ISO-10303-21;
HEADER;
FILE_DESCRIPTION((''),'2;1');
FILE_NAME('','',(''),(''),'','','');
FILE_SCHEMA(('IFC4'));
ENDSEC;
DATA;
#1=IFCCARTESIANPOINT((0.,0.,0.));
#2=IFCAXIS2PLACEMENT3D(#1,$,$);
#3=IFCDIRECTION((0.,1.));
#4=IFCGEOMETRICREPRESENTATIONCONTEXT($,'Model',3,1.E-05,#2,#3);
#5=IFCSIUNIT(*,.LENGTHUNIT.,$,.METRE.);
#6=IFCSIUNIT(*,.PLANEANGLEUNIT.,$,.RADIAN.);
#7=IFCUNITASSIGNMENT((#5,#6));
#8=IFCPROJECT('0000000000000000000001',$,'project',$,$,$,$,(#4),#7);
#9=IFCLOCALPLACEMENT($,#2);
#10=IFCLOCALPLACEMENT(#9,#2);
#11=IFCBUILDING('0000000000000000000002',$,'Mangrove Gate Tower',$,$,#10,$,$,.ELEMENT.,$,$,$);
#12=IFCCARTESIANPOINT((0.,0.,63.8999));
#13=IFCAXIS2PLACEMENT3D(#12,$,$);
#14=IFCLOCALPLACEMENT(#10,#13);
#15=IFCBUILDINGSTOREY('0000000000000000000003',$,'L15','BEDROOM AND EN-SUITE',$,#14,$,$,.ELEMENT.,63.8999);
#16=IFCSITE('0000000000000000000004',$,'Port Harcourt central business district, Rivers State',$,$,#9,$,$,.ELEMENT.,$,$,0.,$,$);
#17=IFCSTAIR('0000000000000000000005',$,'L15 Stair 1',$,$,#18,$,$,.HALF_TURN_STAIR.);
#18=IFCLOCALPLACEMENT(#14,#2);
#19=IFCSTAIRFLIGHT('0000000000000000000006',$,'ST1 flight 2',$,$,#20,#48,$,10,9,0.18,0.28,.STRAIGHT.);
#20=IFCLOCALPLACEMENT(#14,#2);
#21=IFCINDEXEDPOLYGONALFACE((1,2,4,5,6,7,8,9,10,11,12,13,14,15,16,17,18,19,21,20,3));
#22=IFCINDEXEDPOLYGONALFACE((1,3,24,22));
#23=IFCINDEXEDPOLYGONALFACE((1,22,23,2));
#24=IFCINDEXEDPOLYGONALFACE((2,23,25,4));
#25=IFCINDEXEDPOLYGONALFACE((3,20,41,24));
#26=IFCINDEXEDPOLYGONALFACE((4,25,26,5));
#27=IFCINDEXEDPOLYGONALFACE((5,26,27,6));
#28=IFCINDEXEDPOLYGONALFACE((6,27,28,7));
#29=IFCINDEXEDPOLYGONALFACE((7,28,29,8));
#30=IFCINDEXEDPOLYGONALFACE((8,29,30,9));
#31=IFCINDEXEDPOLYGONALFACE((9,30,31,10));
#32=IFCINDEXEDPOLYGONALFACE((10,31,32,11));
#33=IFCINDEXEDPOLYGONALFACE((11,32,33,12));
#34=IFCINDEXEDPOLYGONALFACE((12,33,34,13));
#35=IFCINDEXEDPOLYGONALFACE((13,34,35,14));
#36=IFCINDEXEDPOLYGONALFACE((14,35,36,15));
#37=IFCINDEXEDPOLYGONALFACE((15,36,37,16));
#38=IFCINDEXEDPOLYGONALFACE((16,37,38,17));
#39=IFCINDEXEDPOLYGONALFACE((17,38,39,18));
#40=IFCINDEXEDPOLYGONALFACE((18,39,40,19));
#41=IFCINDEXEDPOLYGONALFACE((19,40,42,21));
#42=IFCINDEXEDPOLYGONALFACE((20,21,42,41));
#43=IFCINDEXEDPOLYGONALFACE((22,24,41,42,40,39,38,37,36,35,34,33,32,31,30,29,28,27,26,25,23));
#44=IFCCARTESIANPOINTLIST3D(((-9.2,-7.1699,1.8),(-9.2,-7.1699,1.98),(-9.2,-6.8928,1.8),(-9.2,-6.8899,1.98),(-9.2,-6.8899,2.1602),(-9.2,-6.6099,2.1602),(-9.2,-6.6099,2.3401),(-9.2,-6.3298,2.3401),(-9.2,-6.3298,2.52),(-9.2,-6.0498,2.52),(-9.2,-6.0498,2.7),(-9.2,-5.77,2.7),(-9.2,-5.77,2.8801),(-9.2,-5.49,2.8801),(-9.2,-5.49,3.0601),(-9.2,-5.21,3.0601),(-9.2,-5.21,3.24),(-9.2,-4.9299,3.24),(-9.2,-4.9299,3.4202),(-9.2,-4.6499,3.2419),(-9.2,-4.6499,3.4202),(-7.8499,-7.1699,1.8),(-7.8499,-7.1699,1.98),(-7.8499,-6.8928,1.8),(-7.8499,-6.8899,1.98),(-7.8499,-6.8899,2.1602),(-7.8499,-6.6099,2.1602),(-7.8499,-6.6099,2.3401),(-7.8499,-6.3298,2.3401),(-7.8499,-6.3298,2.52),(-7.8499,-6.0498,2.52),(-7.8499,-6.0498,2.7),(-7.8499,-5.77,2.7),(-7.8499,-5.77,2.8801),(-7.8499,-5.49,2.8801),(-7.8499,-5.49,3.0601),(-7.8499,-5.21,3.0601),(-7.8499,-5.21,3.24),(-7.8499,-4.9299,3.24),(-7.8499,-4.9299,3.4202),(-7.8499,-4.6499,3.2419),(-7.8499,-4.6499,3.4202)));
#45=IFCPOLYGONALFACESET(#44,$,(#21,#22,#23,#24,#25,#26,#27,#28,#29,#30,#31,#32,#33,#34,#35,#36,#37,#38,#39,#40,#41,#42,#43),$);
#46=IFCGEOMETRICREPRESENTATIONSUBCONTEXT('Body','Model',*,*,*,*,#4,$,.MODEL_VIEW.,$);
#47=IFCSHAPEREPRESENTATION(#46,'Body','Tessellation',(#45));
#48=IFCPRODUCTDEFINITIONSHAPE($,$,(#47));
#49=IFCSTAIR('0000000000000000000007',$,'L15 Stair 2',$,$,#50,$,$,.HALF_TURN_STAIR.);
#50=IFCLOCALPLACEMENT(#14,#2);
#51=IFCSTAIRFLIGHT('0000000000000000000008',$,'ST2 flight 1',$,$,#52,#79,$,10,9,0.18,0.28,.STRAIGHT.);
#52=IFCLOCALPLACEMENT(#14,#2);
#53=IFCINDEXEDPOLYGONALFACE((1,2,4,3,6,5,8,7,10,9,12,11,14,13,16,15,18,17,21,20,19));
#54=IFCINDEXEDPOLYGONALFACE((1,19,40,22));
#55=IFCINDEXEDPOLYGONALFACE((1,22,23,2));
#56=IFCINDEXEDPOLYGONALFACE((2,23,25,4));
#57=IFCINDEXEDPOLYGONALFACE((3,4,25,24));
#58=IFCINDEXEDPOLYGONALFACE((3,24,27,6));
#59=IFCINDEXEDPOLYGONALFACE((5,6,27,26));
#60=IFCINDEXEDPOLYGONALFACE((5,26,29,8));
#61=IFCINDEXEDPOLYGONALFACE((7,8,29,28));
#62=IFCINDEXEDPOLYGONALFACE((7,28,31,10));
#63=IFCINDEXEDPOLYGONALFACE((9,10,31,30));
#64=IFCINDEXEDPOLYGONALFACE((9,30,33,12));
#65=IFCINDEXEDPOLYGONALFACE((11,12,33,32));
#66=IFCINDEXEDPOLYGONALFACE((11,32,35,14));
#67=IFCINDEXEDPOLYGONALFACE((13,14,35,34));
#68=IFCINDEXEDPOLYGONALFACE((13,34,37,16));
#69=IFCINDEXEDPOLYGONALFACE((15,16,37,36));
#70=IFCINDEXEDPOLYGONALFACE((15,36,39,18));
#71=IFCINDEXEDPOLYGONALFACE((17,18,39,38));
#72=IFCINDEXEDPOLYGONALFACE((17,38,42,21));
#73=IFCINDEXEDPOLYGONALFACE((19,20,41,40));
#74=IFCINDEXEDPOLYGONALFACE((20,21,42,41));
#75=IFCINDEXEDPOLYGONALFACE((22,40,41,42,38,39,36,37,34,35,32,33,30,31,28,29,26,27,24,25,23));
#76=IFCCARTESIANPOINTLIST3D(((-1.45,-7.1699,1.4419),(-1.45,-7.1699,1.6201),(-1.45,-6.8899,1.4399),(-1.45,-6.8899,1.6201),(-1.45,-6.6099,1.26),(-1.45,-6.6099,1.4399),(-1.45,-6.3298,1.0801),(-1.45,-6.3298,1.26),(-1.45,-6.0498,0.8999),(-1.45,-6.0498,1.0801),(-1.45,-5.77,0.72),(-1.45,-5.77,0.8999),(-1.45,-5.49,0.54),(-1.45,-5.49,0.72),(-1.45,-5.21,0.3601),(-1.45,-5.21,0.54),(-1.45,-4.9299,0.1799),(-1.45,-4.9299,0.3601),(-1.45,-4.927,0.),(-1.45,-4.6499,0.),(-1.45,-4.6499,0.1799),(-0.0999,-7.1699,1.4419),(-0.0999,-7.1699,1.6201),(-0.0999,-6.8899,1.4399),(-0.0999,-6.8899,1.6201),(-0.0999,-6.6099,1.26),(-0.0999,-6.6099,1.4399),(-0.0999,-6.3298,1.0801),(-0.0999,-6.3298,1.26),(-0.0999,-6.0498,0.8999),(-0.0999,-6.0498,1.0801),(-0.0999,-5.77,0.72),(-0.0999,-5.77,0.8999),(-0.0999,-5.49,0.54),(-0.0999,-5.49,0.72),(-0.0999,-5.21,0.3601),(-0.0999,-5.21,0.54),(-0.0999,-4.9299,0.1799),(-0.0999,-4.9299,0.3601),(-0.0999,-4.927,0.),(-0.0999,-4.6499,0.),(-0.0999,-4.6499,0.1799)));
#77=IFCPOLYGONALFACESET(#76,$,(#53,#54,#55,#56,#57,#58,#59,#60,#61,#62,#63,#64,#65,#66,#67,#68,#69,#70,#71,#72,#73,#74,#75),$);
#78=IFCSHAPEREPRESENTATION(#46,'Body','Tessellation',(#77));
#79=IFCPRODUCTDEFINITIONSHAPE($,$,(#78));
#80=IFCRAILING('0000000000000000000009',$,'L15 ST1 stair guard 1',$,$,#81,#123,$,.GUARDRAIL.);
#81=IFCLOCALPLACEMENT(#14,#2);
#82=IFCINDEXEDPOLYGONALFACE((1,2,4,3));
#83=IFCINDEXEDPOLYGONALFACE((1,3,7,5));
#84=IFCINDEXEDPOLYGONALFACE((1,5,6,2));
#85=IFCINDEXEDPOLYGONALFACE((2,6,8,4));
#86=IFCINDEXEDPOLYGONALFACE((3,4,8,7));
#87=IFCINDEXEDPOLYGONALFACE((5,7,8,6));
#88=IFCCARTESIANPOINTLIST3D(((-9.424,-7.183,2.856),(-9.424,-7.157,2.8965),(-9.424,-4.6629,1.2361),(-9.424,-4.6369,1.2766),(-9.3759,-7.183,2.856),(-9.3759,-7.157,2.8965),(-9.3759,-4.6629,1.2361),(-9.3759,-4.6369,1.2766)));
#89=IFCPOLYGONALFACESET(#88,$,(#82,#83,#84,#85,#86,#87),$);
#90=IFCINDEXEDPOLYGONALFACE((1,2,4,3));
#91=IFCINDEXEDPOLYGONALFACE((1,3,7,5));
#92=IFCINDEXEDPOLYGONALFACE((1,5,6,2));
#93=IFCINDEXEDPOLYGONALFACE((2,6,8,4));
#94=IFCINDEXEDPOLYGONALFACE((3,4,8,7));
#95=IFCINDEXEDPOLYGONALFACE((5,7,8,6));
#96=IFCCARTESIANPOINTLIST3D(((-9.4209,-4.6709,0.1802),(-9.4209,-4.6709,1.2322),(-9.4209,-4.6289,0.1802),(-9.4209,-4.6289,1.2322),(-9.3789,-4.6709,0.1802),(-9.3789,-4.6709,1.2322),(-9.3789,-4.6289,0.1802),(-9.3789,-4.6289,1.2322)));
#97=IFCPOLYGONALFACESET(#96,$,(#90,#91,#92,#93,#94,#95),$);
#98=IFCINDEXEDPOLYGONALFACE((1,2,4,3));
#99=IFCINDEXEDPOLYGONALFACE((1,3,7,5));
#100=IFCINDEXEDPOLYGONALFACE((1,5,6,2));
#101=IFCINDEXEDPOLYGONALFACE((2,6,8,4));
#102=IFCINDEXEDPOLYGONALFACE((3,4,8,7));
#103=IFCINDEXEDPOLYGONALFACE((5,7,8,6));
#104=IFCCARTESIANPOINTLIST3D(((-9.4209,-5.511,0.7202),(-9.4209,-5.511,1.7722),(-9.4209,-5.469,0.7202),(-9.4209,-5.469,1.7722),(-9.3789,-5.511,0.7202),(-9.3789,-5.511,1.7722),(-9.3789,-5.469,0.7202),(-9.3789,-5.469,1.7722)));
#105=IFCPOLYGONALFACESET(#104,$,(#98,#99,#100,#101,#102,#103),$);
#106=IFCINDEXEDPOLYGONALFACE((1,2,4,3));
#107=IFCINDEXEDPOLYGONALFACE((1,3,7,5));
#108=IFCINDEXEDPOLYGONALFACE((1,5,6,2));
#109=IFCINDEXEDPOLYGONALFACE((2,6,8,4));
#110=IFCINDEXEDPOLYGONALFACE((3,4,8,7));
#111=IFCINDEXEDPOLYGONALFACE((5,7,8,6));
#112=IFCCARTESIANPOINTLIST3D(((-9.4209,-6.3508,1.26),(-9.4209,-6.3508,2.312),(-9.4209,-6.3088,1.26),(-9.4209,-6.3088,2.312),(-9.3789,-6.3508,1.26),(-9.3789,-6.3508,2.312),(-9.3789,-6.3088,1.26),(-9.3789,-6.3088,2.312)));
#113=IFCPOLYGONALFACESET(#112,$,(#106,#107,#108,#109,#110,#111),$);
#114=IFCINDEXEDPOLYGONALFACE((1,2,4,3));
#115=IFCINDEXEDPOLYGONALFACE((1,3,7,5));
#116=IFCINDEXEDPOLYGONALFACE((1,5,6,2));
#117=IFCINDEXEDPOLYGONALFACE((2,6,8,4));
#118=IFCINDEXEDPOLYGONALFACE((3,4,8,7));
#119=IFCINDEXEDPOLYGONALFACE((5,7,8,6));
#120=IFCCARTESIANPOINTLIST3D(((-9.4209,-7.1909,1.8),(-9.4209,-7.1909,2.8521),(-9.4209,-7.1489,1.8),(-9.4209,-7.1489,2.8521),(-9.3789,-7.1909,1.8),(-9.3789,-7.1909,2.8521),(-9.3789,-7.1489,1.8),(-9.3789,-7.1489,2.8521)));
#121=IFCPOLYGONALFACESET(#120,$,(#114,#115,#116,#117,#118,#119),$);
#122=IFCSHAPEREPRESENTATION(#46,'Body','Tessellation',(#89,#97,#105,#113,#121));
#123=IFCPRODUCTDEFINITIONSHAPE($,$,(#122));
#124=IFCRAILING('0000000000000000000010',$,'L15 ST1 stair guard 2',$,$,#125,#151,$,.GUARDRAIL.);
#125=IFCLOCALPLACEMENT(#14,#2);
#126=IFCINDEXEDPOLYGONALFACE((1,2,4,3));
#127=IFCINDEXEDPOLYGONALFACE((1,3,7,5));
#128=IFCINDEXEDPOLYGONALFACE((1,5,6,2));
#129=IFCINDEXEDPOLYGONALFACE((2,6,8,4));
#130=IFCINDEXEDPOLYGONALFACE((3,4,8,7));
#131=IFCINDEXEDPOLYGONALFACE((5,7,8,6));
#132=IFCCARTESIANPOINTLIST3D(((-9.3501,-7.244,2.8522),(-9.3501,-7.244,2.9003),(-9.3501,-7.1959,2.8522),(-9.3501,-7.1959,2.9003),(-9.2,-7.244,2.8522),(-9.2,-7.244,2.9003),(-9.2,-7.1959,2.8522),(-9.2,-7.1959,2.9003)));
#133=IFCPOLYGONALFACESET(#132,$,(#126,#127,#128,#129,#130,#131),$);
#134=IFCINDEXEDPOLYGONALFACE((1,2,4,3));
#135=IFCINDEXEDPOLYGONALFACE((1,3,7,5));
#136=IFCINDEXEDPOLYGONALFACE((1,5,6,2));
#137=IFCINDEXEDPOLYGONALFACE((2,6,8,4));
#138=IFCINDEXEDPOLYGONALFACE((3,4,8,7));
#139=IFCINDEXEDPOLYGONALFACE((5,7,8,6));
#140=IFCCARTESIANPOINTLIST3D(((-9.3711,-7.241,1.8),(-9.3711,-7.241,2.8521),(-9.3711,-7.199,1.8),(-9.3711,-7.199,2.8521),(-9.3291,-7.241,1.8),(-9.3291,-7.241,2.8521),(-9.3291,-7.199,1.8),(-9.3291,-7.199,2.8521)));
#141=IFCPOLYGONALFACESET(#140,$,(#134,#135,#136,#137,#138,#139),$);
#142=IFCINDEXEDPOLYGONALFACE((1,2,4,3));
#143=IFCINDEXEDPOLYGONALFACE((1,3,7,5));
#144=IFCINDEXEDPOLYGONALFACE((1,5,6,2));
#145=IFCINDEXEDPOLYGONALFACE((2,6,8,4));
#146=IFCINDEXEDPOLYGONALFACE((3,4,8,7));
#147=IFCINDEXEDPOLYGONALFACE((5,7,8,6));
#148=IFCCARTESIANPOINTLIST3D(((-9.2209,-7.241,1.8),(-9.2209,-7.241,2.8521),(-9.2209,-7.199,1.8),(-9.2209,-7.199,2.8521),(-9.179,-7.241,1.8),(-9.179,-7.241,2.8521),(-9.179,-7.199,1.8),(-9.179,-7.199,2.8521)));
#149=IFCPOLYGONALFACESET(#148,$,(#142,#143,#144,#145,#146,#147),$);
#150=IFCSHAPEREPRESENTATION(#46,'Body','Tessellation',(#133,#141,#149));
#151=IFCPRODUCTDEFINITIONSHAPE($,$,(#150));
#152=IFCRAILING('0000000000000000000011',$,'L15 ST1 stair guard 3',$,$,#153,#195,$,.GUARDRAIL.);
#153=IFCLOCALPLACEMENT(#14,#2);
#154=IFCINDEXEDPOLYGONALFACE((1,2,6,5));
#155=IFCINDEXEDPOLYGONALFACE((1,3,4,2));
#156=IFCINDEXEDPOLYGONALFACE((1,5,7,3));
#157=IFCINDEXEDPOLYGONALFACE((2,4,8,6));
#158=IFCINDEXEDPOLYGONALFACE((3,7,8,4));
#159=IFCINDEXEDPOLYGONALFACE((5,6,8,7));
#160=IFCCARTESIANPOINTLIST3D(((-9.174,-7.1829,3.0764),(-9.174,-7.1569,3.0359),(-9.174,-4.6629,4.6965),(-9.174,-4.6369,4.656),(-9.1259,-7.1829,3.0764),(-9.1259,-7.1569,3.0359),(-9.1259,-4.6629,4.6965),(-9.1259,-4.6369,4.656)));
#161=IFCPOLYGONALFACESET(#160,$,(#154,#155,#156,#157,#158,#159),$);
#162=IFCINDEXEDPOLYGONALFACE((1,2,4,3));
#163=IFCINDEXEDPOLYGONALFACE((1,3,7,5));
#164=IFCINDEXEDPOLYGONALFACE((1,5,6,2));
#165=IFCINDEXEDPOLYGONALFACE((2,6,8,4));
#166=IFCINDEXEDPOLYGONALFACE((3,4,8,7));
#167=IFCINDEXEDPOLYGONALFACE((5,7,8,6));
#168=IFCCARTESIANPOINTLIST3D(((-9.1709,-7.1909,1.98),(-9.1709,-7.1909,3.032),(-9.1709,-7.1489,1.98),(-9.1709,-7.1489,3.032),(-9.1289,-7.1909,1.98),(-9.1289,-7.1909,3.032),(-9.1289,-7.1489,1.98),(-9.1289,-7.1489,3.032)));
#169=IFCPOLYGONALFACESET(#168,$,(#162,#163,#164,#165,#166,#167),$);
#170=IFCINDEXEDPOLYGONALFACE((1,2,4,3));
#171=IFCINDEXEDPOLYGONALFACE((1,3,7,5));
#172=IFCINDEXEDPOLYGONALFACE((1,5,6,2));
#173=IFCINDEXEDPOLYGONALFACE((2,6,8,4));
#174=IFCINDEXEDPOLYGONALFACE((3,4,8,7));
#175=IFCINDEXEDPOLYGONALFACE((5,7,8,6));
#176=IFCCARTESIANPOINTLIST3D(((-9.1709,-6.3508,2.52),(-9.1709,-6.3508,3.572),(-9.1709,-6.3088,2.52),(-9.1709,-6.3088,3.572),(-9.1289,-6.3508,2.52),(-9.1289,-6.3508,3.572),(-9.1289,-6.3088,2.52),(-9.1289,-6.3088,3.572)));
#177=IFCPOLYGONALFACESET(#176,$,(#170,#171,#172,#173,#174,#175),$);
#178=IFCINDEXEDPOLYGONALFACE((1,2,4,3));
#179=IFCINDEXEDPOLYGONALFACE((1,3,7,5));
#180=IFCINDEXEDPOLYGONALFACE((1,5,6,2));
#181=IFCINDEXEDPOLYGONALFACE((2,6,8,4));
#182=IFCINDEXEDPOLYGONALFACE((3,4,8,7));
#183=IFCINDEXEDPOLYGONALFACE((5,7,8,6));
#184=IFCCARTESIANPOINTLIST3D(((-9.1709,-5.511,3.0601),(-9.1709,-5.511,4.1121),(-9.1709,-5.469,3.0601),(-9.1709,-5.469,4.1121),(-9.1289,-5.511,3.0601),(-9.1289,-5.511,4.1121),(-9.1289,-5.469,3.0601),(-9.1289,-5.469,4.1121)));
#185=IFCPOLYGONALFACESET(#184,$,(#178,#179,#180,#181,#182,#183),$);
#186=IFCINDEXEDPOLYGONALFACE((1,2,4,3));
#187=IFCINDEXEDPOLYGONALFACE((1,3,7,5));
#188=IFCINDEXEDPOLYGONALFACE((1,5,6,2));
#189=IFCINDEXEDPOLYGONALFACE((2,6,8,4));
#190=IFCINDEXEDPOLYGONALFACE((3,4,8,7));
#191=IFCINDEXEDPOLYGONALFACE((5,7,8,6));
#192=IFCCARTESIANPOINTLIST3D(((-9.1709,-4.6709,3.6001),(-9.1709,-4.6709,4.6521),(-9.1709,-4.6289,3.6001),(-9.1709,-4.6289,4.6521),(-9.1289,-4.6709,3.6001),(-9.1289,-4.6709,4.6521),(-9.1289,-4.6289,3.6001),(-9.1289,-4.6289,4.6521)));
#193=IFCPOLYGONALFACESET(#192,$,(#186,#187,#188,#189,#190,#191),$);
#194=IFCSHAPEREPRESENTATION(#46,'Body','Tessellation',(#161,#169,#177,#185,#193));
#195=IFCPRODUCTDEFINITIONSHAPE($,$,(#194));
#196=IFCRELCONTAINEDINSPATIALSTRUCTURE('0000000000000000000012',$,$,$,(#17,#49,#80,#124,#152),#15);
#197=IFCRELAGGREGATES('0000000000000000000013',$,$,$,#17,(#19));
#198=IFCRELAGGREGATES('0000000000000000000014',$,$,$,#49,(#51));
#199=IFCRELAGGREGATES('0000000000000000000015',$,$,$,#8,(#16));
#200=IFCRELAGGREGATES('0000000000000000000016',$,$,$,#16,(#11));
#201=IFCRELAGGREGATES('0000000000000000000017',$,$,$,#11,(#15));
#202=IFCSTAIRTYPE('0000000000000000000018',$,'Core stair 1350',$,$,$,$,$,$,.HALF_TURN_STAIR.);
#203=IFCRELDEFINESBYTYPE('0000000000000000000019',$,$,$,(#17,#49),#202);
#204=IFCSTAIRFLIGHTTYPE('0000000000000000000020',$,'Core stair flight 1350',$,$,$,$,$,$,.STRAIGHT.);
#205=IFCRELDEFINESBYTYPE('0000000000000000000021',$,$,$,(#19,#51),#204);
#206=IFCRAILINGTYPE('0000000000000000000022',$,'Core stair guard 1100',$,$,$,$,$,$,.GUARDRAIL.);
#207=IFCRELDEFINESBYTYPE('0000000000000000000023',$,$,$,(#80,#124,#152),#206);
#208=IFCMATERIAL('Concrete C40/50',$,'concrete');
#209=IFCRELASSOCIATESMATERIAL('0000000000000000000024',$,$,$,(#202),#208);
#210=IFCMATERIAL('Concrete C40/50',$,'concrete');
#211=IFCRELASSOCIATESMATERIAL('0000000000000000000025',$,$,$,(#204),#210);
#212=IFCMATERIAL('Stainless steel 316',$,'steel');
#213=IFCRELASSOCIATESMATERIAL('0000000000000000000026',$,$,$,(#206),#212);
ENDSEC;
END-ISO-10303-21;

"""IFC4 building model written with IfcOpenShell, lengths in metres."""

from ifc_helpers import new_model, si_unit, direction, frame, origin, origin_2d, place, context, subcontext, project, spatial, polyline, rectangle, outline, extrude, material, type_object, element, aggregate, save


model = new_model("IFC4")

# Units and contexts
model_context = context("Model", 3, precision=1e-05, world=origin(), true_north=direction((0.0, 1.0)))
body_context = subcontext(model_context, "Body", "Model", "MODEL_VIEW")
ifc_project = project(units=[si_unit("LENGTHUNIT", "METRE"), si_unit("PLANEANGLEUNIT", "RADIAN")], contexts=[model_context])

# Site, building, storey
site_placement = place(None, origin())
site = spatial("IfcSite", under=ifc_project, at=site_placement, Name="Port Harcourt central business district, Rivers State", CompositionType="ELEMENT", RefElevation=0.0)
building_placement = place(site_placement, origin())
building = spatial("IfcBuilding", under=site, at=building_placement, Name="Mangrove Gate Tower", CompositionType="ELEMENT")
storey_placement = place(building_placement, frame((0.0, 0.0, 63.8999)))
storey = spatial("IfcBuildingStorey", under=building, at=storey_placement, Name="L15", Description="BEDROOM AND EN-SUITE", CompositionType="ELEMENT", Elevation=63.8999)

# Stair, stair flight
ifc_material_1 = material(Name="Concrete C40/50", Category="concrete")
stair_type = type_object("IfcStairType", Name="Core stair 1350", PredefinedType="HALF_TURN_STAIR", material=ifc_material_1)
stair_1_placement = place(storey_placement, origin())
stair_1 = element("IfcStair", 1, at=stair_1_placement, inside=storey, type_object=stair_type, Name="L15 Stair 1", PredefinedType="HALF_TURN_STAIR")
ifc_material_2 = material(Name="Concrete C40/50", Category="concrete")
stair_flight_type = type_object("IfcStairFlightType", Name="Core stair flight 1350", PredefinedType="STRAIGHT", material=ifc_material_2)
stair_flight_1_placement = place(storey_placement, frame((-8.5249, -7.1699, 1.8), z_axis=(0.0, 0.0, 1.0), x_axis=(0.0, 1.0, 0.0)))
stair_flight_1 = element("IfcStairFlight", 2, at=stair_flight_1_placement, type_object=stair_flight_type, Name="ST1 flight 2", NumberOfRisers=10, NumberOfTreads=9, PredefinedType="STRAIGHT", RiserHeight=0.18, TreadLength=0.28, context=body_context, shape_type="SweptSolid", body=[
    extrude(outline(polyline([(0.0, 0.0), (0.0, 0.1799), (0.28, 0.1799), (0.28, 0.3601), (0.5601, 0.3601), (0.5601, 0.54), (0.8401, 0.54), (0.8401, 0.72), (1.1201, 0.72), (1.1201, 0.8999), (1.3999, 0.8999), (1.3999, 1.0801), (1.6799, 1.0801), (1.6799, 1.26), (1.96, 1.26), (1.96, 1.4399), (2.24, 1.4399), (2.24, 1.6201), (2.52, 1.6201), (2.52, 1.8), (2.52, 1.4419), (0.2771, 0.0), (0.0, 0.0)])), frame((0.0, 0.675, 0.0), z_axis=(0.0, -1.0, 0.0), x_axis=(1.0, 0.0, 0.0)), (0.0, 0.0, 1.0), 1.3501),
])
aggregate(stair_1, [stair_flight_1])

# Stair, stair flight
stair_2_placement = place(storey_placement, origin())
stair_2 = element("IfcStair", 3, at=stair_2_placement, inside=storey, type_object=stair_type, Name="L15 Stair 2", PredefinedType="HALF_TURN_STAIR")
stair_flight_2_placement = place(storey_placement, frame((-0.7749, -4.6499, 0.0), z_axis=(0.0, 0.0, 1.0), x_axis=(0.0, -1.0, 0.0)))
stair_flight_2 = element("IfcStairFlight", 4, at=stair_flight_2_placement, type_object=stair_flight_type, Name="ST2 flight 1", NumberOfRisers=10, NumberOfTreads=9, PredefinedType="STRAIGHT", RiserHeight=0.18, TreadLength=0.28, context=body_context, shape_type="SweptSolid", body=[
    extrude(outline(polyline([(0.0, 0.0), (0.0, 0.1799), (0.28, 0.1799), (0.28, 0.3601), (0.5601, 0.3601), (0.5601, 0.54), (0.8401, 0.54), (0.8401, 0.72), (1.1201, 0.72), (1.1201, 0.8999), (1.3999, 0.8999), (1.3999, 1.0801), (1.6799, 1.0801), (1.6799, 1.26), (1.96, 1.26), (1.96, 1.4399), (2.24, 1.4399), (2.24, 1.6201), (2.52, 1.6201), (2.52, 1.8), (2.52, 1.4419), (0.2771, 0.0), (0.0, 0.0)])), frame((0.0, 0.675, 0.0), z_axis=(0.0, -1.0, 0.0), x_axis=(1.0, 0.0, 0.0)), (0.0, 0.0, 1.0), 1.3501),
])
aggregate(stair_2, [stair_flight_2])

# Railings
ifc_material_3 = material(Name="Stainless steel 316", Category="steel")
railing_type_1 = type_object("IfcRailingType", Name="Core stair guard 1100", PredefinedType="GUARDRAIL", material=ifc_material_3)
railing_1_placement = place(storey_placement, frame((-9.3999, -4.6499, 0.1802)))
element("IfcRailing", 5, at=railing_1_placement, inside=storey, type_object=railing_type_1, Name="L15 ST1 stair guard 1", PredefinedType="GUARDRAIL", context=body_context, shape_type="SweptSolid", body=[
    extrude(rectangle(XDim=0.0481, YDim=0.0481, at=origin_2d()), frame((0.0, 0.0, 1.0762), z_axis=(0.0, -0.8412, 0.540725), x_axis=(1.0, 0.0, 0.0)), (0.0, 0.0, 1.0), 2.9958),
    extrude(rectangle(XDim=0.042, YDim=0.042, at=origin_2d()), origin(), (0.0, 0.0, 1.0), 1.052),
    extrude(rectangle(XDim=0.042, YDim=0.042, at=origin_2d()), frame((0.0, -0.8401, 0.54)), (0.0, 0.0, 1.0), 1.052),
    extrude(rectangle(XDim=0.042, YDim=0.042, at=origin_2d()), frame((0.0, -1.6799, 1.0798)), (0.0, 0.0, 1.0), 1.052),
    extrude(rectangle(XDim=0.042, YDim=0.042, at=origin_2d()), frame((0.0, -2.52, 1.6199)), (0.0, 0.0, 1.0), 1.052),
])
railing_2_placement = place(storey_placement, frame((-9.3501, -7.22, 1.8)))
element("IfcRailing", 6, at=railing_2_placement, inside=storey, type_object=railing_type_1, Name="L15 ST1 stair guard 2", PredefinedType="GUARDRAIL", context=body_context, shape_type="SweptSolid", body=[
    extrude(rectangle(XDim=0.0481, YDim=0.0481, at=origin_2d()), frame((0.0, 0.0, 1.0762), z_axis=(1.0, 0.0, 0.0), x_axis=(0.0, 1.0, 0.0)), (0.0, 0.0, 1.0), 0.1501),
    extrude(rectangle(XDim=0.042, YDim=0.042, at=origin_2d()), origin(), (0.0, 0.0, 1.0), 1.052),
    extrude(rectangle(XDim=0.042, YDim=0.042, at=origin_2d()), frame((0.1501, 0.0, 0.0)), (0.0, 0.0, 1.0), 1.052),
])
railing_3_placement = place(storey_placement, frame((-9.1499, -7.1699, 1.98)))
element("IfcRailing", 7, at=railing_3_placement, inside=storey, type_object=railing_type_1, Name="L15 ST1 stair guard 3", PredefinedType="GUARDRAIL", context=body_context, shape_type="SweptSolid", body=[
    extrude(rectangle(XDim=0.0481, YDim=0.0481, at=origin_2d()), frame((0.0, 0.0, 1.0762), z_axis=(0.0, 0.841163, 0.540782), x_axis=(-1.0, 0.0, 0.0)), (0.0, 0.0, 1.0), 2.9958),
    extrude(rectangle(XDim=0.042, YDim=0.042, at=origin_2d()), origin(), (0.0, 0.0, 1.0), 1.052),
    extrude(rectangle(XDim=0.042, YDim=0.042, at=origin_2d()), frame((0.0, 0.8401, 0.54)), (0.0, 0.0, 1.0), 1.052),
    extrude(rectangle(XDim=0.042, YDim=0.042, at=origin_2d()), frame((0.0, 1.6799, 1.0801)), (0.0, 0.0, 1.0), 1.052),
    extrude(rectangle(XDim=0.042, YDim=0.042, at=origin_2d()), frame((0.0, 2.52, 1.6201)), (0.0, 0.0, 1.0), 1.052),
])

save(model, "model.ifc")
